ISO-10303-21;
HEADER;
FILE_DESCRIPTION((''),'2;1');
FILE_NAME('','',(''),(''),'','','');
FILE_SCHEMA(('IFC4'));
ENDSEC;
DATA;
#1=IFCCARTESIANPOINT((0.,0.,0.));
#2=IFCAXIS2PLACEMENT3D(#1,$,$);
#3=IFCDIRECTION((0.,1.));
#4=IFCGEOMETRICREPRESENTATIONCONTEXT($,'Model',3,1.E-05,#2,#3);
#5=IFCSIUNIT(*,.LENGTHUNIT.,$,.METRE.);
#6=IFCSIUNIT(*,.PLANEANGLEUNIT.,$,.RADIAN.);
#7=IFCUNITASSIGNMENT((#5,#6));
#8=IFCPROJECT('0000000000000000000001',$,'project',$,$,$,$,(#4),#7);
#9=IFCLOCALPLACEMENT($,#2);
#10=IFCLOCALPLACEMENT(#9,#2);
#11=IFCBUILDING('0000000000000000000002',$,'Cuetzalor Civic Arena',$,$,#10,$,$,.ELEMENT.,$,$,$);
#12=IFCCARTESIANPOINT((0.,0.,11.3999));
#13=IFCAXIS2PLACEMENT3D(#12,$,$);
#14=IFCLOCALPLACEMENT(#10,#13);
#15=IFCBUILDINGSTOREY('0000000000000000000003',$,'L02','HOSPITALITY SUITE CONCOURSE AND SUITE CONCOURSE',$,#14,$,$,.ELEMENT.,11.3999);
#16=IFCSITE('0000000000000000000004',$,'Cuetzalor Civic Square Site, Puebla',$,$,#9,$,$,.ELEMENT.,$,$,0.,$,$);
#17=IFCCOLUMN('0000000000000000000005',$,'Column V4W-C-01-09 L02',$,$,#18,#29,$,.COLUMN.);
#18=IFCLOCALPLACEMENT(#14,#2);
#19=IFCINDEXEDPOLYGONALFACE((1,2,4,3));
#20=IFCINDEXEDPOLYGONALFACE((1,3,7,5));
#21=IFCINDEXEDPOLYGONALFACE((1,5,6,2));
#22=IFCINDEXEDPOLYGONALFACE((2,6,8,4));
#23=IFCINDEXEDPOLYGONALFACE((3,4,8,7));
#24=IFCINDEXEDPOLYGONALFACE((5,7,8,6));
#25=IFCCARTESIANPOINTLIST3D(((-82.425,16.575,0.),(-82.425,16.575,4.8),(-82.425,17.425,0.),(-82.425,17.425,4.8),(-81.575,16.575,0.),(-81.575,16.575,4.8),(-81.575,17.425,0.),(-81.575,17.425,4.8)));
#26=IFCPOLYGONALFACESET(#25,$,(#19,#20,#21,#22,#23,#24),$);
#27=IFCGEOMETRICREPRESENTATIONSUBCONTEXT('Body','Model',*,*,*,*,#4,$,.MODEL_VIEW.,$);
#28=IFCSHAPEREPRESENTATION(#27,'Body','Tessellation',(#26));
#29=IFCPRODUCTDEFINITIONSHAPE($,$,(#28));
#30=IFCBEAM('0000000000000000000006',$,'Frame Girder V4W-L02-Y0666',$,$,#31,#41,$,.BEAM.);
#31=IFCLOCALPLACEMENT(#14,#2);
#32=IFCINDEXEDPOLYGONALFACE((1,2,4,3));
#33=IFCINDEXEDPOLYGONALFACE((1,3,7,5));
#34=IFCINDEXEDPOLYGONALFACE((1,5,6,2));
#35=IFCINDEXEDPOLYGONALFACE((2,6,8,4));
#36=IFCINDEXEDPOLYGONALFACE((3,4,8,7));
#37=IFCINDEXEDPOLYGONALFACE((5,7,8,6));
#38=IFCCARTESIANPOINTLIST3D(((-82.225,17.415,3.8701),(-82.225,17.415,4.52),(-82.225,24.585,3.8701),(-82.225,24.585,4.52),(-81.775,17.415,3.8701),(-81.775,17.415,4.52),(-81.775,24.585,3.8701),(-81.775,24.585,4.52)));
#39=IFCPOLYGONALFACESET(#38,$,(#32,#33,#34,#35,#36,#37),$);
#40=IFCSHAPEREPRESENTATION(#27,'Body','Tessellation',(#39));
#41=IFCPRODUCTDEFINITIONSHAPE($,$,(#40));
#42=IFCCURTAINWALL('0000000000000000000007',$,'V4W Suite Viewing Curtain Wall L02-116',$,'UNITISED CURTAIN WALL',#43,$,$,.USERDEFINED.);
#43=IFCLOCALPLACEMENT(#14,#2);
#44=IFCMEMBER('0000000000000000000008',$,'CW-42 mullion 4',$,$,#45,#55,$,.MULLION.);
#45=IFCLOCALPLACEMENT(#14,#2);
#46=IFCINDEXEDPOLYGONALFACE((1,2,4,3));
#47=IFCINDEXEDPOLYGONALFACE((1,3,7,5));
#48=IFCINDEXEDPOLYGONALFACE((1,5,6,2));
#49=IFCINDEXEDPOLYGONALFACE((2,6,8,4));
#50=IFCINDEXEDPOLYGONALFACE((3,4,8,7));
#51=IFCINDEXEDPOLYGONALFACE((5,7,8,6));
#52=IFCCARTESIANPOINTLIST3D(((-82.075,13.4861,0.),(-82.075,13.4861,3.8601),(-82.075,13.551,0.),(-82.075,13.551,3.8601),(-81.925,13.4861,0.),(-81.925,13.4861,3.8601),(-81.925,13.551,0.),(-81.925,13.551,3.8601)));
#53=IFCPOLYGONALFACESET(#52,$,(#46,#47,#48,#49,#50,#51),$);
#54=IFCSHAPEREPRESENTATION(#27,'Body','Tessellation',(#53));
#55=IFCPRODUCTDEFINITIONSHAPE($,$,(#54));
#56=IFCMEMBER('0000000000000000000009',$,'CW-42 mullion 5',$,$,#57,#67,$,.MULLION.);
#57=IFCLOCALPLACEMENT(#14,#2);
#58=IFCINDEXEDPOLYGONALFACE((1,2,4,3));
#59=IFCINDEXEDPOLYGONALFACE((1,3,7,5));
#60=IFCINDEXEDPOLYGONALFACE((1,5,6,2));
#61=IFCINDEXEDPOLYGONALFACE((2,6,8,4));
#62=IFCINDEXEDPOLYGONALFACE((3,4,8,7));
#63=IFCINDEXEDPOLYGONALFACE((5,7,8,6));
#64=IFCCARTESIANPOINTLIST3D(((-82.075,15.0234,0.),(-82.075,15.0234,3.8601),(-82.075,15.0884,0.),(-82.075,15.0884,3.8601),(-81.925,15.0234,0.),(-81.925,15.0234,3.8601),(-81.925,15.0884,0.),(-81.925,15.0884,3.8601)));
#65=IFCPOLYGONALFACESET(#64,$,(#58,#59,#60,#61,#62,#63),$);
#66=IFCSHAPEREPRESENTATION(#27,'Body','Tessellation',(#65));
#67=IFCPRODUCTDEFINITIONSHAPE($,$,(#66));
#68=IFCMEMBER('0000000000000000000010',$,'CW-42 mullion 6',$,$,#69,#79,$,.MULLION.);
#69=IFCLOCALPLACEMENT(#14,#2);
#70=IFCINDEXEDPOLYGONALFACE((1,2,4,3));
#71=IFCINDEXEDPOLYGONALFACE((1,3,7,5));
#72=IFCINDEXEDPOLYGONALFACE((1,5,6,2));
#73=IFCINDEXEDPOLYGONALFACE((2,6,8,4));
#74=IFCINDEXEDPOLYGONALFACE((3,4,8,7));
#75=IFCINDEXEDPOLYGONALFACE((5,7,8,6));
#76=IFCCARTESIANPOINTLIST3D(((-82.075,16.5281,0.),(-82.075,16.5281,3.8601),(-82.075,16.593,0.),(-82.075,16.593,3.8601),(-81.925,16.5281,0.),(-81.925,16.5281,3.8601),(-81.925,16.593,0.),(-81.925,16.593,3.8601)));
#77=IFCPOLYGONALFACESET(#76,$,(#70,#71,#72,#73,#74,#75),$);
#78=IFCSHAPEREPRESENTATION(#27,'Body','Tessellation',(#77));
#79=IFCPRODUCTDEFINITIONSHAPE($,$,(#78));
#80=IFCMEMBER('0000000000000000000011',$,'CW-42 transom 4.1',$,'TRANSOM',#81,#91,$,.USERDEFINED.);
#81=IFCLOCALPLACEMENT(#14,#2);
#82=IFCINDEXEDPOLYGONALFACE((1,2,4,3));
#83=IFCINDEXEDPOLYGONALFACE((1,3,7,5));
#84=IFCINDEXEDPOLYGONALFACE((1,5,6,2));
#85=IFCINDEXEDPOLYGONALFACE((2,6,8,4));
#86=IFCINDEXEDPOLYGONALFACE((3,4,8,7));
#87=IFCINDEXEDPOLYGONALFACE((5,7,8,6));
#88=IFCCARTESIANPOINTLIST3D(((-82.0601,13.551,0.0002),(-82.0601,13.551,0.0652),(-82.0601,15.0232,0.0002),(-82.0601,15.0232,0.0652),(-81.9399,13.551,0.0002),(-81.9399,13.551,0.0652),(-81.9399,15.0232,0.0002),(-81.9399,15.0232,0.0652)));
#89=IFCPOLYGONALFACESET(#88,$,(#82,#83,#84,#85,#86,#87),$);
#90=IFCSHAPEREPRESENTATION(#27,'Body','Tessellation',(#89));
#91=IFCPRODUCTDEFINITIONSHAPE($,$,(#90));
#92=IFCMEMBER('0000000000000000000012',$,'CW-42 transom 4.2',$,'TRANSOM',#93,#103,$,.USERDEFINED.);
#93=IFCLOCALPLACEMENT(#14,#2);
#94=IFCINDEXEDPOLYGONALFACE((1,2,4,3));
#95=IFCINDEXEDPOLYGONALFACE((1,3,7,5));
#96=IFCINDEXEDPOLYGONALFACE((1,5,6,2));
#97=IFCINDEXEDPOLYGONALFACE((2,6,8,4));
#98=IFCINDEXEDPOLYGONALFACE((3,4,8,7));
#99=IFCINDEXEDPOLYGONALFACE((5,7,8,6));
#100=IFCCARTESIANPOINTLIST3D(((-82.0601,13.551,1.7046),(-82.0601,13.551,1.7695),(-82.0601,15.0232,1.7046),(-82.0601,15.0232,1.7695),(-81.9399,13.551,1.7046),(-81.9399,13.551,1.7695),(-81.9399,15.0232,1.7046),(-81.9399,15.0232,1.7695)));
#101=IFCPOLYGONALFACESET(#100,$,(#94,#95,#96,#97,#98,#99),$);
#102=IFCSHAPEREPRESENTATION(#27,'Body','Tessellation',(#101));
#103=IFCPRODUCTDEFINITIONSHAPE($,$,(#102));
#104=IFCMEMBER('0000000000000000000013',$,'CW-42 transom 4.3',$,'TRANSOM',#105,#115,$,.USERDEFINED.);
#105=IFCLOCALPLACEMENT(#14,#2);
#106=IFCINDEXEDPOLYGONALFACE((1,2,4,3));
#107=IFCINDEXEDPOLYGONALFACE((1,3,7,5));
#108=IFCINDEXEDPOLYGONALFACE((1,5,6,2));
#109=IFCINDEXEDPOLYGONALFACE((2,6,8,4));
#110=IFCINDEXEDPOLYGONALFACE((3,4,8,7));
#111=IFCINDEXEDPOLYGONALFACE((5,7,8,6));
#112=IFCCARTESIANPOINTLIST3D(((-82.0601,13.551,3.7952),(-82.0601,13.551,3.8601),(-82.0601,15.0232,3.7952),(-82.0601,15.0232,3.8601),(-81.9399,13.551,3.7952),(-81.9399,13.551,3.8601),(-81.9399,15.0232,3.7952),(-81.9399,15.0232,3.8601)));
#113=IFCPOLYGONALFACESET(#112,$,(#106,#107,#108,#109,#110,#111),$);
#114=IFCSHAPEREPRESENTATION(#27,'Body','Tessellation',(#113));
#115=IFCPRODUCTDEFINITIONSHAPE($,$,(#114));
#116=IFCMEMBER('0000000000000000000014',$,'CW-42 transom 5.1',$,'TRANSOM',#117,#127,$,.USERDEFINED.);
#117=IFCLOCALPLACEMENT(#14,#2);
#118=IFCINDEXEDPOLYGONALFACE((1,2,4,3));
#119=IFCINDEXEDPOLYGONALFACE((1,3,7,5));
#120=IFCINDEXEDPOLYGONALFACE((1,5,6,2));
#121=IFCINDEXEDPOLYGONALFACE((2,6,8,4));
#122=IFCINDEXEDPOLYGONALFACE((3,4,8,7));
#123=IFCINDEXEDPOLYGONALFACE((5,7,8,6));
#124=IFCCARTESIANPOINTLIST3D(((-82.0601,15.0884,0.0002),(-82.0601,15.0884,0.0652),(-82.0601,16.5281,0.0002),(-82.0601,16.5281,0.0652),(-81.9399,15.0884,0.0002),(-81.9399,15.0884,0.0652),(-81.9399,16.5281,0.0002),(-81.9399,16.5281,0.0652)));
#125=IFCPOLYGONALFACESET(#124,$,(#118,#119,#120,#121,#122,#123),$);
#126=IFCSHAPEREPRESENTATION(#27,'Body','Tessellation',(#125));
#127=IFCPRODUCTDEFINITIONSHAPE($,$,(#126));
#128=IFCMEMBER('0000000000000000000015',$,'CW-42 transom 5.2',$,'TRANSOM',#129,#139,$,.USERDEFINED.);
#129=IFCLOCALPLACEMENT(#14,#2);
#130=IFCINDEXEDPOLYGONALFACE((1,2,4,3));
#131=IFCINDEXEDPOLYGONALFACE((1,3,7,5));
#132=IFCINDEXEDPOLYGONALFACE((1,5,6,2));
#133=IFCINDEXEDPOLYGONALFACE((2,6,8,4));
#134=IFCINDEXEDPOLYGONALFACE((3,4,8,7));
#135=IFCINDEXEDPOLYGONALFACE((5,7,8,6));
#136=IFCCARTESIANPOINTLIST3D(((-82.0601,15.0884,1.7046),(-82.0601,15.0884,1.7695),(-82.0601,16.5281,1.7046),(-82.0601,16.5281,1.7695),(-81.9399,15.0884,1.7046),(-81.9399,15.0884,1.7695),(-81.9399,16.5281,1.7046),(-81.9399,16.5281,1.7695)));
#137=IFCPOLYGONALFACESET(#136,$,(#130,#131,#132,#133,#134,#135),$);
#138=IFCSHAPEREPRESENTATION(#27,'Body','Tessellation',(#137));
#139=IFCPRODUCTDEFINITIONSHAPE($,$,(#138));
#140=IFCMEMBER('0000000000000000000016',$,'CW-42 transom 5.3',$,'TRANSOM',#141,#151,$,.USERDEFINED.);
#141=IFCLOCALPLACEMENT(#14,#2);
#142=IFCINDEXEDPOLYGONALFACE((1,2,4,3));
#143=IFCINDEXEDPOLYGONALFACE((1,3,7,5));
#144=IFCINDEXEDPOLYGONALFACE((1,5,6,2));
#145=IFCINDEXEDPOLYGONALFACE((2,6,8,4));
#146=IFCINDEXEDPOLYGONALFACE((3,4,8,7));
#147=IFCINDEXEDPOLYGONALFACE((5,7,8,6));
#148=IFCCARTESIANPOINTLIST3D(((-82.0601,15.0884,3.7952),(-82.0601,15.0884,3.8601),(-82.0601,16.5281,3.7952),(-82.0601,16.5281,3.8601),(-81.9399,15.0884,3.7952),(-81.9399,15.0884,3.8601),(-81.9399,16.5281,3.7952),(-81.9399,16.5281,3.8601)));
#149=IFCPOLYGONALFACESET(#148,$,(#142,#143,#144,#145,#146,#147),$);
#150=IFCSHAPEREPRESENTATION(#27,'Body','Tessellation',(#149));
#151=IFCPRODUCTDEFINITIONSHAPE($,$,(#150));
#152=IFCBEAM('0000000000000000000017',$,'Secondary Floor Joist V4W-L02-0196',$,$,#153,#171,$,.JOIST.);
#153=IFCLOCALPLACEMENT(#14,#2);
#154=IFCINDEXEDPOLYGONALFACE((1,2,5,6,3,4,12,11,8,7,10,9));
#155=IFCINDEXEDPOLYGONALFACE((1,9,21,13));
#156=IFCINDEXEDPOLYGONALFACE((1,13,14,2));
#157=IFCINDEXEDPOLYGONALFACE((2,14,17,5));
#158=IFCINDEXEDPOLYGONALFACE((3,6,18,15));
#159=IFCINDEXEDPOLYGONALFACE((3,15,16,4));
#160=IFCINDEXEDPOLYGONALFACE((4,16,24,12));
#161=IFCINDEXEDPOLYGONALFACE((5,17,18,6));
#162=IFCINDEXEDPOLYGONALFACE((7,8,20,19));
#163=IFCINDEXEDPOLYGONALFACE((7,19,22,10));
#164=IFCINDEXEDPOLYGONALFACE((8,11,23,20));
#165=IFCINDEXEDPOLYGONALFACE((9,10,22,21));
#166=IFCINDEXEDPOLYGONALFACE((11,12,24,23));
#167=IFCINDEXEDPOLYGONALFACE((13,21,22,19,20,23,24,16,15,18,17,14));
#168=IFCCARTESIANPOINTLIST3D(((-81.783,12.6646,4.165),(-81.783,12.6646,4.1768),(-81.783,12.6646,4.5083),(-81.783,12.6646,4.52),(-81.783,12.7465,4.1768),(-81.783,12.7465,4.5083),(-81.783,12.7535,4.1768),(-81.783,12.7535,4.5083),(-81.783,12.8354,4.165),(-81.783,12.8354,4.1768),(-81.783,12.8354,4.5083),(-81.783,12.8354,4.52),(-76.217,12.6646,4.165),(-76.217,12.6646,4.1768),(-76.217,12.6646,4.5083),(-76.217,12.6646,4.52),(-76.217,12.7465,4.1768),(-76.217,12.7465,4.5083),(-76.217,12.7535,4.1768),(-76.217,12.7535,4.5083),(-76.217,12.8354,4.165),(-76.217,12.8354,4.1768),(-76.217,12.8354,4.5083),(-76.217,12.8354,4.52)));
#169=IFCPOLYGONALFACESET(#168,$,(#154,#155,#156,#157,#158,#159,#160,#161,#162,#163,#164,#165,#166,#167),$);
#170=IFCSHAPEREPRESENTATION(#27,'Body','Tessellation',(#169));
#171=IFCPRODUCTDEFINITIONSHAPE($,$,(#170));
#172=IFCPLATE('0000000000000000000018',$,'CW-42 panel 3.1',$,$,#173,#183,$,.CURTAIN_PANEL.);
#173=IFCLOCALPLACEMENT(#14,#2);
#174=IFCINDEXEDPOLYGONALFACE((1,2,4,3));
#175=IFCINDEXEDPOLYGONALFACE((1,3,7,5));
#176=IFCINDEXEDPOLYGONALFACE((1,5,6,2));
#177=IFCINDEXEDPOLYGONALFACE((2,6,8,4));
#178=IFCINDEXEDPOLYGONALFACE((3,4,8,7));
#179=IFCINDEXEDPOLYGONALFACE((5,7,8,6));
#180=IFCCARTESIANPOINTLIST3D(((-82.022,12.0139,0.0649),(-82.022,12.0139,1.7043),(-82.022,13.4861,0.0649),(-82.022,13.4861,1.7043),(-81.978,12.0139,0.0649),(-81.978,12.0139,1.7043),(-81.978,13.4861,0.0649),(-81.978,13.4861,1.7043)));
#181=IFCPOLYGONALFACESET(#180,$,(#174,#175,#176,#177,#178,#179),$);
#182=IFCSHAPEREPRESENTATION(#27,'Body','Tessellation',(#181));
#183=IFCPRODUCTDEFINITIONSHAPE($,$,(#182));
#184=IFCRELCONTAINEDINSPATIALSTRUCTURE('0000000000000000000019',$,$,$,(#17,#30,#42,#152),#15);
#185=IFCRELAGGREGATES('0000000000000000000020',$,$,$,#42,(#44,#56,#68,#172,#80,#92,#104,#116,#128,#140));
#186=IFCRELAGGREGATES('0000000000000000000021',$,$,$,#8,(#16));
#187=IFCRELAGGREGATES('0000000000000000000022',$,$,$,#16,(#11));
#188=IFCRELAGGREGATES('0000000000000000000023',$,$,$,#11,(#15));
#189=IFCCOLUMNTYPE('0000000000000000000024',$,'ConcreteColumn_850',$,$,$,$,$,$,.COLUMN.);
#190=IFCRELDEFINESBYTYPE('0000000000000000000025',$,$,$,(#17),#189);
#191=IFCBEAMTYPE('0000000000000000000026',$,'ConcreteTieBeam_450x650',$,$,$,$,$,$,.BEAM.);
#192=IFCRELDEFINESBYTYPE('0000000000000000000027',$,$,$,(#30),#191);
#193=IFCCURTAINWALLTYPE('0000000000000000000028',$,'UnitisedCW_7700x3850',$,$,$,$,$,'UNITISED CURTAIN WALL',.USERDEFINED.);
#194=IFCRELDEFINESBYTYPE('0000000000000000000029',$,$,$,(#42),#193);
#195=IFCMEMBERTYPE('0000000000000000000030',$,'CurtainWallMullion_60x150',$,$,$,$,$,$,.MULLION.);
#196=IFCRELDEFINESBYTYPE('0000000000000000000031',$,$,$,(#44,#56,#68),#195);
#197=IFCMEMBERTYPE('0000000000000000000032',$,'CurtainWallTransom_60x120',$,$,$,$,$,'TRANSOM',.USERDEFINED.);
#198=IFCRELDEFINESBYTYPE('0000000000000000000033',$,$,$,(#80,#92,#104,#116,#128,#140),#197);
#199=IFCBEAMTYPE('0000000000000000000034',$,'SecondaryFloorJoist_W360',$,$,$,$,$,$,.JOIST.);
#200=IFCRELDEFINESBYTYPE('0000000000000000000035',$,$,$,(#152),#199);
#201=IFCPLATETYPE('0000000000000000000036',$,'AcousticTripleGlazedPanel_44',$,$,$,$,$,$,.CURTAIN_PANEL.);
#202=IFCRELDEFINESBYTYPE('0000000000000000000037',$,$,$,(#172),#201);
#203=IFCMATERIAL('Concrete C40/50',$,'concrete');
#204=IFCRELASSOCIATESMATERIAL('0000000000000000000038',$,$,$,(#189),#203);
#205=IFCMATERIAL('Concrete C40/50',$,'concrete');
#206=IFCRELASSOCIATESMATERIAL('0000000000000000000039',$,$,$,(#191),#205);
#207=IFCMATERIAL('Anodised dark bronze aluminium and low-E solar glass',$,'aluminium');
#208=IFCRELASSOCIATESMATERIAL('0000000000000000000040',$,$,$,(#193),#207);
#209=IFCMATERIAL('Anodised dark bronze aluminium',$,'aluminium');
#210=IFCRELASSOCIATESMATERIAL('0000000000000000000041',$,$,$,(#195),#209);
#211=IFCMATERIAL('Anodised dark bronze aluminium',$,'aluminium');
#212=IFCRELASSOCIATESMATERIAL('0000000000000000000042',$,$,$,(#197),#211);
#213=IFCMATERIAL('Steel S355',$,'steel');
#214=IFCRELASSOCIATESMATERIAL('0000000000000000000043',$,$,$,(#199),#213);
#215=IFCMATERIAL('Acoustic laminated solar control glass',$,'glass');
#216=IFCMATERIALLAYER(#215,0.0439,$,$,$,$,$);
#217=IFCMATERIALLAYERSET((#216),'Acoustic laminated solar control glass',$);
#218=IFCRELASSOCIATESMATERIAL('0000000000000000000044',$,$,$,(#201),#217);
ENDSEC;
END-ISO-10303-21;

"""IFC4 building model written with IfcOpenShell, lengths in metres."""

from ifc_helpers import new_model, si_unit, direction, frame, origin, origin_2d, place, context, subcontext, project, spatial, rectangle, i_section, extrude, material, layer, layer_set, material_profile, profile_set, type_object, element, aggregate, save


model = new_model("IFC4")

# Units and contexts
model_context = context("Model", 3, precision=1e-05, world=origin(), true_north=direction((0.0, 1.0)))
body_context = subcontext(model_context, "Body", "Model", "MODEL_VIEW")
ifc_project = project(units=[si_unit("LENGTHUNIT", "METRE"), si_unit("PLANEANGLEUNIT", "RADIAN")], contexts=[model_context])

# Site, building, storey
site_placement = place(None, origin())
site = spatial("IfcSite", under=ifc_project, at=site_placement, Name="Cuetzalor Civic Square Site, Puebla", CompositionType="ELEMENT", RefElevation=0.0)
building_placement = place(site_placement, origin())
building = spatial("IfcBuilding", under=site, at=building_placement, Name="Cuetzalor Civic Arena", CompositionType="ELEMENT")
storey_placement = place(building_placement, frame((0.0, 0.0, 11.3999)))
storey = spatial("IfcBuildingStorey", under=building, at=storey_placement, Name="L02", Description="HOSPITALITY SUITE CONCOURSE AND SUITE CONCOURSE", CompositionType="ELEMENT", Elevation=11.3999)

# Column
ifc_material_1 = material(Name="Concrete C40/50", Category="concrete")
ifc_material_profile_1 = material_profile(ifc_material_1, rectangle(XDim=0.8501, YDim=0.8501, at=origin_2d()), Name="RC 850x850")
ifc_profile_set_1 = profile_set([ifc_material_profile_1], Name="Concrete C40/50")
column_type = type_object("IfcColumnType", Name="ConcreteColumn_850", PredefinedType="COLUMN", material=ifc_profile_set_1)
column_placement = place(storey_placement, frame((-82.0, 17.0, 0.0), z_axis=(0.0, 0.0, 1.0), x_axis=(1.0, 0.0, 0.0)))
element("IfcColumn", 1, at=column_placement, inside=storey, type_object=column_type, Name="Column V4W-C-01-09 L02", PredefinedType="COLUMN", context=body_context, shape_type="SweptSolid", body=[
    extrude(rectangle(XDim=0.8501, YDim=0.8501, at=origin_2d()), origin(), (0.0, 0.0, 1.0), 4.8),
])

# Beam
ifc_material_2 = material(Name="Concrete C40/50", Category="concrete")
ifc_material_profile_2 = material_profile(ifc_material_2, rectangle(XDim=0.45, YDim=0.6499, at=origin_2d()), Name="RC 450x650")
ifc_profile_set_2 = profile_set([ifc_material_profile_2], Name="Concrete C40/50")
beam_type_1 = type_object("IfcBeamType", Name="ConcreteTieBeam_450x650", PredefinedType="BEAM", material=ifc_profile_set_2)
beam_1_placement = place(storey_placement, frame((-82.0, 17.415, 4.1951), z_axis=(0.0, 1.0, 0.0), x_axis=(-1.0, 0.0, 0.0)))
element("IfcBeam", 2, at=beam_1_placement, inside=storey, type_object=beam_type_1, Name="Frame Girder V4W-L02-Y0666", PredefinedType="BEAM", context=body_context, shape_type="SweptSolid", body=[
    extrude(rectangle(XDim=0.45, YDim=0.6499, at=origin_2d()), origin(), (0.0, 0.0, 1.0), 7.1699),
])

# Curtain wall, members
ifc_material_3 = material(Name="Anodised dark bronze aluminium and low-E solar glass", Category="aluminium")
curtain_wall_type = type_object("IfcCurtainWallType", Name="UnitisedCW_7700x3850", ElementType="UNITISED CURTAIN WALL", PredefinedType="USERDEFINED", material=ifc_material_3)
curtain_wall_placement = place(storey_placement, origin())
curtain_wall = element("IfcCurtainWall", 3, at=curtain_wall_placement, inside=storey, type_object=curtain_wall_type, Name="V4W Suite Viewing Curtain Wall L02-116", ObjectType="UNITISED CURTAIN WALL", PredefinedType="USERDEFINED")
ifc_material_4 = material(Name="Anodised dark bronze aluminium", Category="aluminium")
ifc_material_profile_3 = material_profile(ifc_material_4, rectangle(XDim=0.0649, YDim=0.1499, at=origin_2d()), Name="ALU MULLION 65x150")
ifc_profile_set_3 = profile_set([ifc_material_profile_3], Name="Anodised dark bronze aluminium")
member_type_1 = type_object("IfcMemberType", Name="CurtainWallMullion_60x150", PredefinedType="MULLION", material=ifc_profile_set_3)
member_1_placement = place(storey_placement, frame((-82.0, 13.5186, 0.0), z_axis=(0.0, 0.0, 1.0), x_axis=(0.0, 1.0, 0.0)))
member_1 = element("IfcMember", 4, at=member_1_placement, type_object=member_type_1, Name="CW-42 mullion 4", PredefinedType="MULLION", context=body_context, shape_type="SweptSolid", body=[
    extrude(rectangle(XDim=0.0649, YDim=0.1499, at=origin_2d()), origin(), (0.0, 0.0, 1.0), 3.8601),
])
member_2_placement = place(storey_placement, frame((-82.0, 15.0559, 0.0), z_axis=(0.0, 0.0, 1.0), x_axis=(0.0, 1.0, 0.0)))
member_2 = element("IfcMember", 5, at=member_2_placement, type_object=member_type_1, Name="CW-42 mullion 5", PredefinedType="MULLION", context=body_context, shape_type="SweptSolid", body=[
    extrude(rectangle(XDim=0.0649, YDim=0.1499, at=origin_2d()), origin(), (0.0, 0.0, 1.0), 3.8601),
])
member_3_placement = place(storey_placement, frame((-82.0, 16.5605, 0.0), z_axis=(0.0, 0.0, 1.0), x_axis=(0.0, 1.0, 0.0)))
member_3 = element("IfcMember", 6, at=member_3_placement, type_object=member_type_1, Name="CW-42 mullion 6", PredefinedType="MULLION", context=body_context, shape_type="SweptSolid", body=[
    extrude(rectangle(XDim=0.0649, YDim=0.1499, at=origin_2d()), origin(), (0.0, 0.0, 1.0), 3.8601),
])
ifc_material_5 = material(Name="Anodised dark bronze aluminium", Category="aluminium")
ifc_material_profile_4 = material_profile(ifc_material_5, rectangle(XDim=0.1201, YDim=0.0649, at=origin_2d()), Name="ALU TRANSOM 65x120")
ifc_profile_set_4 = profile_set([ifc_material_profile_4], Name="Anodised dark bronze aluminium")
member_type_2 = type_object("IfcMemberType", Name="CurtainWallTransom_60x120", ElementType="TRANSOM", PredefinedType="USERDEFINED", material=ifc_profile_set_4)
member_4_placement = place(storey_placement, frame((-82.0, 13.551, 0.0327), z_axis=(0.0, 1.0, 0.0), x_axis=(-1.0, 0.0, 0.0)))
member_4 = element("IfcMember", 7, at=member_4_placement, type_object=member_type_2, Name="CW-42 transom 4.1", ObjectType="TRANSOM", PredefinedType="USERDEFINED", context=body_context, shape_type="SweptSolid", body=[
    extrude(rectangle(XDim=0.1201, YDim=0.0649, at=origin_2d()), origin(), (0.0, 0.0, 1.0), 1.4722),
])
member_5_placement = place(storey_placement, frame((-82.0, 13.551, 1.7371), z_axis=(0.0, 1.0, 0.0), x_axis=(-1.0, 0.0, 0.0)))
member_5 = element("IfcMember", 8, at=member_5_placement, type_object=member_type_2, Name="CW-42 transom 4.2", ObjectType="TRANSOM", PredefinedType="USERDEFINED", context=body_context, shape_type="SweptSolid", body=[
    extrude(rectangle(XDim=0.1201, YDim=0.0649, at=origin_2d()), origin(), (0.0, 0.0, 1.0), 1.4722),
])
member_6_placement = place(storey_placement, frame((-82.0, 13.551, 3.8276), z_axis=(0.0, 1.0, 0.0), x_axis=(-1.0, 0.0, 0.0)))
member_6 = element("IfcMember", 9, at=member_6_placement, type_object=member_type_2, Name="CW-42 transom 4.3", ObjectType="TRANSOM", PredefinedType="USERDEFINED", context=body_context, shape_type="SweptSolid", body=[
    extrude(rectangle(XDim=0.1201, YDim=0.0649, at=origin_2d()), origin(), (0.0, 0.0, 1.0), 1.4722),
])
member_7_placement = place(storey_placement, frame((-82.0, 15.0884, 0.0327), z_axis=(0.0, 1.0, 0.0), x_axis=(-1.0, 0.0, 0.0)))
member_7 = element("IfcMember", 10, at=member_7_placement, type_object=member_type_2, Name="CW-42 transom 5.1", ObjectType="TRANSOM", PredefinedType="USERDEFINED", context=body_context, shape_type="SweptSolid", body=[
    extrude(rectangle(XDim=0.1201, YDim=0.0649, at=origin_2d()), origin(), (0.0, 0.0, 1.0), 1.4397),
])
member_8_placement = place(storey_placement, frame((-82.0, 15.0884, 1.7371), z_axis=(0.0, 1.0, 0.0), x_axis=(-1.0, 0.0, 0.0)))
member_8 = element("IfcMember", 11, at=member_8_placement, type_object=member_type_2, Name="CW-42 transom 5.2", ObjectType="TRANSOM", PredefinedType="USERDEFINED", context=body_context, shape_type="SweptSolid", body=[
    extrude(rectangle(XDim=0.1201, YDim=0.0649, at=origin_2d()), origin(), (0.0, 0.0, 1.0), 1.4397),
])
member_9_placement = place(storey_placement, frame((-82.0, 15.0884, 3.8276), z_axis=(0.0, 1.0, 0.0), x_axis=(-1.0, 0.0, 0.0)))
member_9 = element("IfcMember", 12, at=member_9_placement, type_object=member_type_2, Name="CW-42 transom 5.3", ObjectType="TRANSOM", PredefinedType="USERDEFINED", context=body_context, shape_type="SweptSolid", body=[
    extrude(rectangle(XDim=0.1201, YDim=0.0649, at=origin_2d()), origin(), (0.0, 0.0, 1.0), 1.4397),
])

# Beam
ifc_material_6 = material(Name="Steel S355", Category="steel")
ifc_material_profile_5 = material_profile(ifc_material_6, i_section(OverallWidth=0.1709, OverallDepth=0.355, WebThickness=0.0071, FlangeThickness=0.0117, at=origin_2d()), Name="W360x51")
ifc_profile_set_5 = profile_set([ifc_material_profile_5], Name="Steel S355")
beam_type_2 = type_object("IfcBeamType", Name="SecondaryFloorJoist_W360", PredefinedType="JOIST", material=ifc_profile_set_5)
beam_2_placement = place(storey_placement, frame((-81.783, 12.75, 4.3425), z_axis=(1.0, 0.0, 0.0), x_axis=(0.0, 1.0, 0.0)))
element("IfcBeam", 13, at=beam_2_placement, inside=storey, type_object=beam_type_2, Name="Secondary Floor Joist V4W-L02-0196", PredefinedType="JOIST", context=body_context, shape_type="SweptSolid", body=[
    extrude(i_section(OverallWidth=0.1709, OverallDepth=0.355, WebThickness=0.0071, FlangeThickness=0.0117, at=origin_2d()), origin(), (0.0, 0.0, 1.0), 5.5659),
])

# Plate
ifc_material_7 = material(Name="Acoustic laminated solar control glass", Category="glass")
ifc_layer_1 = layer(ifc_material_7, 0.0439)
ifc_layer_set_1 = layer_set([ifc_layer_1], Name="Acoustic laminated solar control glass")
plate_type = type_object("IfcPlateType", Name="AcousticTripleGlazedPanel_44", PredefinedType="CURTAIN_PANEL", material=ifc_layer_set_1)
plate_1_placement = place(storey_placement, frame((-82.0, 12.75, 0.0649), z_axis=(0.0, 0.0, 1.0), x_axis=(0.0, 1.0, 0.0)))
plate_1 = element("IfcPlate", 14, at=plate_1_placement, type_object=plate_type, Name="CW-42 panel 3.1", PredefinedType="CURTAIN_PANEL", context=body_context, shape_type="SweptSolid", body=[
    extrude(rectangle(XDim=1.4722, YDim=0.0439, at=origin_2d()), origin(), (0.0, 0.0, 1.0), 1.6394),
])
aggregate(curtain_wall, [member_1, member_2, member_3, plate_1, member_4, member_5, member_6, member_7, member_8, member_9])

save(model, "model.ifc")
